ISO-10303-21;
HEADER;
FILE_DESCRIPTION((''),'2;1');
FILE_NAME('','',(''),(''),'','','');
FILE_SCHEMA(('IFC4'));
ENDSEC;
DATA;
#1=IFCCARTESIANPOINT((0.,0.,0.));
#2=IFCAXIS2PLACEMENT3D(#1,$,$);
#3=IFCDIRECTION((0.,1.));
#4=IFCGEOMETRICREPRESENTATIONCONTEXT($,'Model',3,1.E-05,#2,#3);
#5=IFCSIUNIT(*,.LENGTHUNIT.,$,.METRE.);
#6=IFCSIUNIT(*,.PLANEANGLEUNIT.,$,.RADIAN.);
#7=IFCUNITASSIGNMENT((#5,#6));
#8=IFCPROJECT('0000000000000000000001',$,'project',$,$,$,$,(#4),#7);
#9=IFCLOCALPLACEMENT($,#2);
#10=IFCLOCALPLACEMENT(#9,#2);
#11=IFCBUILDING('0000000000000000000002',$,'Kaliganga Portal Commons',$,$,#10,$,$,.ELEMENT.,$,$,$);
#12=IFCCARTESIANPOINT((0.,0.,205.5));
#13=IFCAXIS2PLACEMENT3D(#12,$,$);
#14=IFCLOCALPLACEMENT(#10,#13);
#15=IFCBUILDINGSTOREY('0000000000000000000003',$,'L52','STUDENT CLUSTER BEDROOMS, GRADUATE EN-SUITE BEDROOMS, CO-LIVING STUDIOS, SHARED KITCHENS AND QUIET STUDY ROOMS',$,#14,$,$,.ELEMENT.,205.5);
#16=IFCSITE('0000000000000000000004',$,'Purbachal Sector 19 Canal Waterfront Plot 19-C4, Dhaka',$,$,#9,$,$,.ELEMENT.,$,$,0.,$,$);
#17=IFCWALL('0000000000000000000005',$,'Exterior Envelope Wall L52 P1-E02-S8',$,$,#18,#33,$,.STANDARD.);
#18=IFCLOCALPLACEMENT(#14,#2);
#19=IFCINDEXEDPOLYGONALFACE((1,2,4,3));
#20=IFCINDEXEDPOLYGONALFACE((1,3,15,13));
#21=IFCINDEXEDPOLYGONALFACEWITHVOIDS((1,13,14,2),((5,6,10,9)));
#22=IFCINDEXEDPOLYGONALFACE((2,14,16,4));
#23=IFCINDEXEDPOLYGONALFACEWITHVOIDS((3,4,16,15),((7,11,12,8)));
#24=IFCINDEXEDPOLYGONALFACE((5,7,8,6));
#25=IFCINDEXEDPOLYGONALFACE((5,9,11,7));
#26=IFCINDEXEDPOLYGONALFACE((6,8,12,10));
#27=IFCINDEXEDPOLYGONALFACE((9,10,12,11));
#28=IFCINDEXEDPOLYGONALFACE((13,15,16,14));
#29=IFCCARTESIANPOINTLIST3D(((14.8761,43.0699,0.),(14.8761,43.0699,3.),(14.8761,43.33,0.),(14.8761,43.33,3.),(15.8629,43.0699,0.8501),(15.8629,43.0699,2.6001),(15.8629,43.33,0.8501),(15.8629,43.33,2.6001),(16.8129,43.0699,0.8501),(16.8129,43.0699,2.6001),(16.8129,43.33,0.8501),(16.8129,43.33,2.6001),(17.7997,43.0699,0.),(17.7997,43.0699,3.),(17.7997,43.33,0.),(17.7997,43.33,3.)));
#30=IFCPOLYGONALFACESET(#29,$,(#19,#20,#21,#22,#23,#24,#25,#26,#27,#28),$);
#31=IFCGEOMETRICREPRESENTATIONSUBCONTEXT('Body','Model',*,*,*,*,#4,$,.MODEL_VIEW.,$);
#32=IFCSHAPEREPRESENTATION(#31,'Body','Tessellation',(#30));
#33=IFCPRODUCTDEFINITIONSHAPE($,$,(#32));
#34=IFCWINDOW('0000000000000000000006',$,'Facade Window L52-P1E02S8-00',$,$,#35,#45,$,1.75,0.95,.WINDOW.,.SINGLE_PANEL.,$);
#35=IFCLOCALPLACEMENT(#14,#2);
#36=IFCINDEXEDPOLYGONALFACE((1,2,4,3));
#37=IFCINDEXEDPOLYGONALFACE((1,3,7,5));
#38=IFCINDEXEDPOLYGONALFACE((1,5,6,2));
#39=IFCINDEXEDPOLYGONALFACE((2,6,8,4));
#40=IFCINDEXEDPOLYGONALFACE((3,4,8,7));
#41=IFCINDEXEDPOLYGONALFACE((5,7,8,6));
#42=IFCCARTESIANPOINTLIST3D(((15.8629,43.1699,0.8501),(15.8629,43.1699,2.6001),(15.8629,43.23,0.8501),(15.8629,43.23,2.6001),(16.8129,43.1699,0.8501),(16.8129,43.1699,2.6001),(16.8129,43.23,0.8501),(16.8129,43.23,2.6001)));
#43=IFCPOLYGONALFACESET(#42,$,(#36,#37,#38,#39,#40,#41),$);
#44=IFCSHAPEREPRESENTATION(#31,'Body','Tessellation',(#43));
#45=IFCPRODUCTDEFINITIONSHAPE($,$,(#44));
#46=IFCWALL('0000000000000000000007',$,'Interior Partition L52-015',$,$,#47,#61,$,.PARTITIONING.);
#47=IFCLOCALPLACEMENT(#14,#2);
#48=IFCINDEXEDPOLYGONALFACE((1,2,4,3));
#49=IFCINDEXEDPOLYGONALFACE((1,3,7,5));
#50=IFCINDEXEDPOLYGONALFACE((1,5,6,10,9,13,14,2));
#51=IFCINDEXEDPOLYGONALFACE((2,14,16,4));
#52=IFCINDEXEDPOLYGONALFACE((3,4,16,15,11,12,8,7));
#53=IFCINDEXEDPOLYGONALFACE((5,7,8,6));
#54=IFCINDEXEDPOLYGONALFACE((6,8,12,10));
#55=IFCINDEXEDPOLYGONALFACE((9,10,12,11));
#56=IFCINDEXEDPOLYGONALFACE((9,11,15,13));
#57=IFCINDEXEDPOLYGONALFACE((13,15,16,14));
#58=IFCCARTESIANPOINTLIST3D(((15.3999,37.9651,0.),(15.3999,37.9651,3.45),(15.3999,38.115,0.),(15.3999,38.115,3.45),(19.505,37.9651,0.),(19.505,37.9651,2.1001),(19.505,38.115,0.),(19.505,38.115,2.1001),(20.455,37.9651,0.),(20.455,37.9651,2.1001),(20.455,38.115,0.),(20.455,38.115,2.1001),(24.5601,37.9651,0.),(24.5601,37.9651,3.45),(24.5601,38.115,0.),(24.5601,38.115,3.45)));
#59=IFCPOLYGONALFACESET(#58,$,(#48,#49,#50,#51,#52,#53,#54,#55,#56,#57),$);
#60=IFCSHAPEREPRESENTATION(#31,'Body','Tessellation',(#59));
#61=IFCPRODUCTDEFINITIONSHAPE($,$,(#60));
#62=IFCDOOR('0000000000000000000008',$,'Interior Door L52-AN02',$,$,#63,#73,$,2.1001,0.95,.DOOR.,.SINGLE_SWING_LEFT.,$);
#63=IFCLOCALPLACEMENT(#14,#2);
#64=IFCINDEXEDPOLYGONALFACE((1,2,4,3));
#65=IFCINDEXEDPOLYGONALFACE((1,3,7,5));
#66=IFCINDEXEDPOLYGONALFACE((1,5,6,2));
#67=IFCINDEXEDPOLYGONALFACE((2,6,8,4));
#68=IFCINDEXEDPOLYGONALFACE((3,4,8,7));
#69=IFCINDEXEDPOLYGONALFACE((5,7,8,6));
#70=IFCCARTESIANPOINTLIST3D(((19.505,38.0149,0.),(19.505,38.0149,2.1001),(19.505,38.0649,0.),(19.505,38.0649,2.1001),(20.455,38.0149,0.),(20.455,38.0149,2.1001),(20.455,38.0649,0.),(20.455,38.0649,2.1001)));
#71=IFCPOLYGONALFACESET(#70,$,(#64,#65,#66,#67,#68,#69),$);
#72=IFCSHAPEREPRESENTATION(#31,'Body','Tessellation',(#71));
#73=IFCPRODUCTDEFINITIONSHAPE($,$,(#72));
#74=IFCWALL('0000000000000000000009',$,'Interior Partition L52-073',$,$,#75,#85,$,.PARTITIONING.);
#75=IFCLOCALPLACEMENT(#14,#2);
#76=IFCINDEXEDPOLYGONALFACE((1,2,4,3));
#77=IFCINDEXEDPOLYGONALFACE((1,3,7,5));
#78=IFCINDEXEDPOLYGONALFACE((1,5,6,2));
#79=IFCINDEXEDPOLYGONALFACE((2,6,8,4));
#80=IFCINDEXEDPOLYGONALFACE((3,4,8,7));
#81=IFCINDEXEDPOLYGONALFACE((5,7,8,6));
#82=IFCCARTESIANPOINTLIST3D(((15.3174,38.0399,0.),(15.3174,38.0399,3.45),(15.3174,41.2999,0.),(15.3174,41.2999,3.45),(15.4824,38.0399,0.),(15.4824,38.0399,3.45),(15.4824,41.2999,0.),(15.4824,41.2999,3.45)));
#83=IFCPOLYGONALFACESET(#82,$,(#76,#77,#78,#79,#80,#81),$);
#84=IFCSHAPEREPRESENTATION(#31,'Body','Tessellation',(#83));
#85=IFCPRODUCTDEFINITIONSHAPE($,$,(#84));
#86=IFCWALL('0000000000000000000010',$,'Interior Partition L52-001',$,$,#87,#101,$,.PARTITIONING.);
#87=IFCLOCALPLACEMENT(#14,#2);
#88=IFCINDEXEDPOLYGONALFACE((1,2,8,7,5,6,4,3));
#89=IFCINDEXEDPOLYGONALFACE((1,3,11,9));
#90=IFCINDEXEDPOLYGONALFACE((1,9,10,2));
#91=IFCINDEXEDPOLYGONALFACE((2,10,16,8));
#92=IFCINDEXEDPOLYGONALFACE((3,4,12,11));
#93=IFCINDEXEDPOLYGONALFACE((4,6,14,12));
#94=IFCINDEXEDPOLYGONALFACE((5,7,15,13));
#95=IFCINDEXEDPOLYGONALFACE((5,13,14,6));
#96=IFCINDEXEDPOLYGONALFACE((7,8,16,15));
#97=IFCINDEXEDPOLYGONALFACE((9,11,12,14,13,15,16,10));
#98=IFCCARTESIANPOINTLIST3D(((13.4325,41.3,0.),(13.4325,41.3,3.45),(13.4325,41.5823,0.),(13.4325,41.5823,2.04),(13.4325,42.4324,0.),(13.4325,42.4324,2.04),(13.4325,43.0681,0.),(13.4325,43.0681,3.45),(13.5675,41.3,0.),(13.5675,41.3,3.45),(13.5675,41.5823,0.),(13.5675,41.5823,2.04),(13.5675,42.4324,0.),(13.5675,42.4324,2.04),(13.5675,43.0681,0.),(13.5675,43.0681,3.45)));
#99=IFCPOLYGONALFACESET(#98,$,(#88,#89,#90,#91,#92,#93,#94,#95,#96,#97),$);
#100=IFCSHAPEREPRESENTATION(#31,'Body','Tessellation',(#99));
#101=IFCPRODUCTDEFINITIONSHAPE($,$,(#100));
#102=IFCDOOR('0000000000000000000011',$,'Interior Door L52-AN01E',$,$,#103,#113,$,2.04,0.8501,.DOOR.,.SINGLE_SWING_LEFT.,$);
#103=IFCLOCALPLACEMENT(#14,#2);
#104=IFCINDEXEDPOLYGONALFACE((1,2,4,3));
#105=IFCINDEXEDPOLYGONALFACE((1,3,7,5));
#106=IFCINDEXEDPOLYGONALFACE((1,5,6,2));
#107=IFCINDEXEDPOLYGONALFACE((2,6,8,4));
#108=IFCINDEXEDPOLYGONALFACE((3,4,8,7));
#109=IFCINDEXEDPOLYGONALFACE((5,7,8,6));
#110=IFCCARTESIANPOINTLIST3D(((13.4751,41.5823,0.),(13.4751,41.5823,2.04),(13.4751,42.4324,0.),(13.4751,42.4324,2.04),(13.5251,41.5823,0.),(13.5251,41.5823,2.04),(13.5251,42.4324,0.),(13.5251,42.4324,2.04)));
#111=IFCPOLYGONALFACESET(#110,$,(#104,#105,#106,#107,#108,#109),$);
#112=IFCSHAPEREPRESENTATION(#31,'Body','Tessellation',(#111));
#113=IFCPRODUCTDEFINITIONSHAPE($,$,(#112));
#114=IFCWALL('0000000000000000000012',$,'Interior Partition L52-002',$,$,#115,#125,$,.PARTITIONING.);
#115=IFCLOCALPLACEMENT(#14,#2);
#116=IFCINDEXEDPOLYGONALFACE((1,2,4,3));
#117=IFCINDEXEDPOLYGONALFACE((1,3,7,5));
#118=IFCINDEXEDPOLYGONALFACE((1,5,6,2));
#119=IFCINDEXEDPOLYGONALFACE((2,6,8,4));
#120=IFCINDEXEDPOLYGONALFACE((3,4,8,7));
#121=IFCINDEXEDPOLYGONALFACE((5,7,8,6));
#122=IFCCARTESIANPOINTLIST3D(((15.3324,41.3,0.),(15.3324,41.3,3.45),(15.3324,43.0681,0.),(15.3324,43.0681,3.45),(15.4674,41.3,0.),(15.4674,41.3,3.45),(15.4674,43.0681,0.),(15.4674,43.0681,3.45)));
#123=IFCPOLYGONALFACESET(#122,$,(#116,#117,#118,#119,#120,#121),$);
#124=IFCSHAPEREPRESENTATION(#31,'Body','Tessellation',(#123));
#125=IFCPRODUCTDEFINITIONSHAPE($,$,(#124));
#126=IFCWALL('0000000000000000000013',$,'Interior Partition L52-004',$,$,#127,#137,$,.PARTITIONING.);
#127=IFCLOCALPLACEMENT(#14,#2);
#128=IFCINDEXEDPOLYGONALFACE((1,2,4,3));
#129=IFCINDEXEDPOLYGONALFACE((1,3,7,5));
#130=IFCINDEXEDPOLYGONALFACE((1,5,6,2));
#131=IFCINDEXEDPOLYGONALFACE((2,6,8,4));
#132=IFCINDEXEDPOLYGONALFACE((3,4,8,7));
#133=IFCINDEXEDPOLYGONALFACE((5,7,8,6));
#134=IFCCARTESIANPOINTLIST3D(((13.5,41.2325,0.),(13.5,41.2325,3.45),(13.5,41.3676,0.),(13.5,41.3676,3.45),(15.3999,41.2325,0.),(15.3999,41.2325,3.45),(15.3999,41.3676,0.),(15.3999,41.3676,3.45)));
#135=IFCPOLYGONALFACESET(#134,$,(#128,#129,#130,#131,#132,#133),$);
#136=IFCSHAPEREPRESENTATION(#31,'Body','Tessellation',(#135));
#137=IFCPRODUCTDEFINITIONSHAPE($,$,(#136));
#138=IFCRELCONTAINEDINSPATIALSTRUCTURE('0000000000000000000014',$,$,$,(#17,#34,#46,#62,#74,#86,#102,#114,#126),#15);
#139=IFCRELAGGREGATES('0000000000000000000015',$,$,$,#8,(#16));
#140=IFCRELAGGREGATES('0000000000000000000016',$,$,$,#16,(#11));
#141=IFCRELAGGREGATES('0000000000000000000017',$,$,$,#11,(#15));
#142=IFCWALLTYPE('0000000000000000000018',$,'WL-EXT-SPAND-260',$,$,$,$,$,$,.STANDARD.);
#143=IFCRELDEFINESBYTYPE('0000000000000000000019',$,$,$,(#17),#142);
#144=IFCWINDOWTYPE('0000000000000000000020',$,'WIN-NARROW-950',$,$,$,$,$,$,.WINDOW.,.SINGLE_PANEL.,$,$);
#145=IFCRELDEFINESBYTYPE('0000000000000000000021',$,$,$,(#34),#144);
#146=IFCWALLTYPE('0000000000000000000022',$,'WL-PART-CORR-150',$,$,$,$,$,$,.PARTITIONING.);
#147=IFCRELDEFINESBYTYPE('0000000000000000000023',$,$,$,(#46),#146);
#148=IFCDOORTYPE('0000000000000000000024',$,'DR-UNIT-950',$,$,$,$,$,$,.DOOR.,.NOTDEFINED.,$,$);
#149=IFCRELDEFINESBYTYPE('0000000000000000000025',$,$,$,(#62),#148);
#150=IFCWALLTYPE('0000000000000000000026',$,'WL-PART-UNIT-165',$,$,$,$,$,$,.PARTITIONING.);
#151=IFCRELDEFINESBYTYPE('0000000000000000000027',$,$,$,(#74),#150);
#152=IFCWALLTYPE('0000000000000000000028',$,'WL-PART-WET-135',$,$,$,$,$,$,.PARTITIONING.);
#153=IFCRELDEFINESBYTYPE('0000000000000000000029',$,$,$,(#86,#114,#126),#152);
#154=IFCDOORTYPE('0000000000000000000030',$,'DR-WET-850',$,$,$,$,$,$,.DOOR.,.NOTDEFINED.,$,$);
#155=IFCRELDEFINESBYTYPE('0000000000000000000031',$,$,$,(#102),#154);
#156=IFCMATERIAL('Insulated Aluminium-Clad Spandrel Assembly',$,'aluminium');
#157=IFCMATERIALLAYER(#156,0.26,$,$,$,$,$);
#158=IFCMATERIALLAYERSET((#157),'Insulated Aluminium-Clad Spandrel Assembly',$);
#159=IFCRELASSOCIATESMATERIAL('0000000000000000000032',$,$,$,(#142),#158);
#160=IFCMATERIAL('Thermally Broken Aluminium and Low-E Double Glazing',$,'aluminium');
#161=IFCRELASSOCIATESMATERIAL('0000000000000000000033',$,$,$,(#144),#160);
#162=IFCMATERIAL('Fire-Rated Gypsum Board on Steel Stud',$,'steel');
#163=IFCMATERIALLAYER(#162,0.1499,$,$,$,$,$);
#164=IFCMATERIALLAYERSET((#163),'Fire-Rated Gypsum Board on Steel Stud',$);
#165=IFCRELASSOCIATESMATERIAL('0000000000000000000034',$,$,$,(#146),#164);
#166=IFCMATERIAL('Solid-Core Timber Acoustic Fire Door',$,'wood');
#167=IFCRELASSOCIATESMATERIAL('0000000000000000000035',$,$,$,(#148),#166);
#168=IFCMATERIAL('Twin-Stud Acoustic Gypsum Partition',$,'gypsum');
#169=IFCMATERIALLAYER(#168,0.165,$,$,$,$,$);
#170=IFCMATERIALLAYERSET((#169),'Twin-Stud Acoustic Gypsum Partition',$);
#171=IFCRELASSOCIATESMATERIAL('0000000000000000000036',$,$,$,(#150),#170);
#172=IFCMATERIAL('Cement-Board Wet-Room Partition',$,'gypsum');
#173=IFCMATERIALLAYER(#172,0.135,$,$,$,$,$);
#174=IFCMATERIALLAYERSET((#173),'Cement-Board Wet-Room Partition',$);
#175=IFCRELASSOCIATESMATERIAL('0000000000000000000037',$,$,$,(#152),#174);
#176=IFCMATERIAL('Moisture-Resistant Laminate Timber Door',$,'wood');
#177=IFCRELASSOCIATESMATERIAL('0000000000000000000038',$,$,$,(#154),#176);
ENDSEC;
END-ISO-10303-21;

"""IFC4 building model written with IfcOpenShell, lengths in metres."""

from ifc_helpers import new_model, si_unit, direction, frame, frame_2d, origin, place, context, subcontext, project, spatial, rectangle, extrude, material, layer, layer_set, type_object, element, fill, save


model = new_model("IFC4")

# Units and contexts
model_context = context("Model", 3, precision=1e-05, world=origin(), true_north=direction((0.0, 1.0)))
body_context = subcontext(model_context, "Body", "Model", "MODEL_VIEW")
ifc_project = project(units=[si_unit("LENGTHUNIT", "METRE"), si_unit("PLANEANGLEUNIT", "RADIAN")], contexts=[model_context])

# Site, building, storey
site_placement = place(None, origin())
site = spatial("IfcSite", under=ifc_project, at=site_placement, Name="Purbachal Sector 19 Canal Waterfront Plot 19-C4, Dhaka", CompositionType="ELEMENT", RefElevation=0.0)
building_placement = place(site_placement, origin())
building = spatial("IfcBuilding", under=site, at=building_placement, Name="Kaliganga Portal Commons", CompositionType="ELEMENT")
storey_placement = place(building_placement, frame((0.0, 0.0, 205.5)))
storey = spatial("IfcBuildingStorey", under=building, at=storey_placement, Name="L52", Description="STUDENT CLUSTER BEDROOMS, GRADUATE EN-SUITE BEDROOMS, CO-LIVING STUDIOS, SHARED KITCHENS AND QUIET STUDY ROOMS", CompositionType="ELEMENT", Elevation=205.5)

# Wall, opening, window
ifc_material_1 = material(Name="Insulated Aluminium-Clad Spandrel Assembly", Category="aluminium")
ifc_layer_1 = layer(ifc_material_1, 0.26)
ifc_layer_set_1 = layer_set([ifc_layer_1], Name="Insulated Aluminium-Clad Spandrel Assembly")
wall_type_1 = type_object("IfcWallType", Name="WL-EXT-SPAND-260", PredefinedType="STANDARD", material=ifc_layer_set_1)
wall_1_placement = place(storey_placement, frame((14.876, 43.2, 0.0), z_axis=(0.0, 0.0, 1.0), x_axis=(1.0, 0.0, 0.0)))
wall_1 = element("IfcWall", 1, at=wall_1_placement, inside=storey, type_object=wall_type_1, Name="Exterior Envelope Wall L52 P1-E02-S8", PredefinedType="STANDARD", context=body_context, shape_type="SweptSolid", body=[
    extrude(rectangle(XDim=2.9236, YDim=0.26, at=frame_2d((1.4619, 0.0))), origin(), (0.0, 0.0, 1.0), 3.0),
])
opening_1_placement = place(wall_1_placement, frame((0.9868, 0.0, 0.8501)))
opening_1 = element("IfcOpeningElement", 2, at=opening_1_placement, cuts=wall_1, PredefinedType="OPENING", context=body_context, shape_type="SweptSolid", body=[
    extrude(rectangle(XDim=0.95, YDim=1.75, at=frame_2d((0.4751, 0.875))), frame((0.0, 0.1401, 0.0), z_axis=(0.0, -1.0, 0.0), x_axis=(1.0, 0.0, 0.0)), (0.0, 0.0, 1.0), 0.28),
])
ifc_material_2 = material(Name="Thermally Broken Aluminium and Low-E Double Glazing", Category="aluminium")
window_type = type_object("IfcWindowType", Name="WIN-NARROW-950", PartitioningType="SINGLE_PANEL", PredefinedType="WINDOW", material=ifc_material_2)
window_placement = place(opening_1_placement, origin())
window = element("IfcWindow", 3, at=window_placement, inside=storey, type_object=window_type, Name="Facade Window L52-P1E02S8-00", OverallHeight=1.75, OverallWidth=0.95, PartitioningType="SINGLE_PANEL", PredefinedType="WINDOW", context=body_context, shape_type="SweptSolid", body=[
    extrude(rectangle(XDim=0.95, YDim=1.75, at=frame_2d((0.4751, 0.875))), frame((0.0, 0.03, 0.0), z_axis=(0.0, -1.0, 0.0), x_axis=(1.0, 0.0, 0.0)), (0.0, 0.0, 1.0), 0.0601),
])
fill(opening_1, window)

# Wall, opening, door
ifc_material_3 = material(Name="Fire-Rated Gypsum Board on Steel Stud", Category="steel")
ifc_layer_2 = layer(ifc_material_3, 0.1499)
ifc_layer_set_2 = layer_set([ifc_layer_2], Name="Fire-Rated Gypsum Board on Steel Stud")
wall_type_2 = type_object("IfcWallType", Name="WL-PART-CORR-150", PredefinedType="PARTITIONING", material=ifc_layer_set_2)
wall_2_placement = place(storey_placement, frame((15.3999, 38.04, 0.0), z_axis=(0.0, 0.0, 1.0), x_axis=(1.0, 0.0, 0.0)))
wall_2 = element("IfcWall", 4, at=wall_2_placement, inside=storey, type_object=wall_type_2, Name="Interior Partition L52-015", PredefinedType="PARTITIONING", context=body_context, shape_type="SweptSolid", body=[
    extrude(rectangle(XDim=9.1602, YDim=0.1499, at=frame_2d((4.5801, 0.0))), origin(), (0.0, 0.0, 1.0), 3.45),
])
opening_2_placement = place(wall_2_placement, frame((4.105, 0.0, 0.0)))
opening_2 = element("IfcOpeningElement", 5, at=opening_2_placement, cuts=wall_2, PredefinedType="OPENING", context=body_context, shape_type="SweptSolid", body=[
    extrude(rectangle(XDim=0.95, YDim=2.1001, at=frame_2d((0.4751, 1.05))), frame((0.0, 0.085, 0.0), z_axis=(0.0, -1.0, 0.0), x_axis=(1.0, 0.0, 0.0)), (0.0, 0.0, 1.0), 0.1699),
])
ifc_material_4 = material(Name="Solid-Core Timber Acoustic Fire Door", Category="wood")
door_type_1 = type_object("IfcDoorType", Name="DR-UNIT-950", OperationType="NOTDEFINED", PredefinedType="DOOR", material=ifc_material_4)
door_1_placement = place(opening_2_placement, origin())
door_1 = element("IfcDoor", 6, at=door_1_placement, inside=storey, type_object=door_type_1, Name="Interior Door L52-AN02", OperationType="SINGLE_SWING_LEFT", OverallHeight=2.1001, OverallWidth=0.95, PredefinedType="DOOR", context=body_context, shape_type="SweptSolid", body=[
    extrude(rectangle(XDim=0.95, YDim=2.1001, at=frame_2d((0.4751, 1.05))), frame((0.0, 0.0249, 0.0), z_axis=(0.0, -1.0, 0.0), x_axis=(1.0, 0.0, 0.0)), (0.0, 0.0, 1.0), 0.05),
])
fill(opening_2, door_1)

# Wall
ifc_material_5 = material(Name="Twin-Stud Acoustic Gypsum Partition", Category="gypsum")
ifc_layer_3 = layer(ifc_material_5, 0.165)
ifc_layer_set_3 = layer_set([ifc_layer_3], Name="Twin-Stud Acoustic Gypsum Partition")
wall_type_3 = type_object("IfcWallType", Name="WL-PART-UNIT-165", PredefinedType="PARTITIONING", material=ifc_layer_set_3)
wall_3_placement = place(storey_placement, frame((15.3999, 38.04, 0.0), z_axis=(0.0, 0.0, 1.0), x_axis=(0.0, 1.0, 0.0)))
element("IfcWall", 7, at=wall_3_placement, inside=storey, type_object=wall_type_3, Name="Interior Partition L52-073", PredefinedType="PARTITIONING", context=body_context, shape_type="SweptSolid", body=[
    extrude(rectangle(XDim=3.26, YDim=0.165, at=frame_2d((1.6299, 0.0))), origin(), (0.0, 0.0, 1.0), 3.45),
])

# Wall, opening, door
ifc_material_6 = material(Name="Cement-Board Wet-Room Partition", Category="gypsum")
ifc_layer_4 = layer(ifc_material_6, 0.135)
ifc_layer_set_4 = layer_set([ifc_layer_4], Name="Cement-Board Wet-Room Partition")
wall_type_4 = type_object("IfcWallType", Name="WL-PART-WET-135", PredefinedType="PARTITIONING", material=ifc_layer_set_4)
wall_4_placement = place(storey_placement, frame((13.5, 41.3, 0.0), z_axis=(0.0, 0.0, 1.0), x_axis=(0.0, 1.0, 0.0)))
wall_4 = element("IfcWall", 8, at=wall_4_placement, inside=storey, type_object=wall_type_4, Name="Interior Partition L52-001", PredefinedType="PARTITIONING", context=body_context, shape_type="SweptSolid", body=[
    extrude(rectangle(XDim=1.7681, YDim=0.135, at=frame_2d((0.884, 0.0))), origin(), (0.0, 0.0, 1.0), 3.45),
])
opening_3_placement = place(wall_4_placement, frame((0.2822, 0.0, 0.0)))
opening_3 = element("IfcOpeningElement", 9, at=opening_3_placement, cuts=wall_4, PredefinedType="OPENING", context=body_context, shape_type="SweptSolid", body=[
    extrude(rectangle(XDim=0.8501, YDim=2.04, at=frame_2d((0.425, 1.02))), frame((0.0, 0.0776, 0.0), z_axis=(0.0, -1.0, 0.0), x_axis=(1.0, 0.0, 0.0)), (0.0, 0.0, 1.0), 0.155),
])
ifc_material_7 = material(Name="Moisture-Resistant Laminate Timber Door", Category="wood")
door_type_2 = type_object("IfcDoorType", Name="DR-WET-850", OperationType="NOTDEFINED", PredefinedType="DOOR", material=ifc_material_7)
door_2_placement = place(opening_3_placement, origin())
door_2 = element("IfcDoor", 10, at=door_2_placement, inside=storey, type_object=door_type_2, Name="Interior Door L52-AN01E", OperationType="SINGLE_SWING_LEFT", OverallHeight=2.04, OverallWidth=0.8501, PredefinedType="DOOR", context=body_context, shape_type="SweptSolid", body=[
    extrude(rectangle(XDim=0.8501, YDim=2.04, at=frame_2d((0.425, 1.02))), frame((0.0, 0.0249, 0.0), z_axis=(0.0, -1.0, 0.0), x_axis=(1.0, 0.0, 0.0)), (0.0, 0.0, 1.0), 0.05),
])
fill(opening_3, door_2)

# Walls
wall_5_placement = place(storey_placement, frame((15.3999, 41.3, 0.0), z_axis=(0.0, 0.0, 1.0), x_axis=(0.0, 1.0, 0.0)))
element("IfcWall", 11, at=wall_5_placement, inside=storey, type_object=wall_type_4, Name="Interior Partition L52-002", PredefinedType="PARTITIONING", context=body_context, shape_type="SweptSolid", body=[
    extrude(rectangle(XDim=1.7681, YDim=0.135, at=frame_2d((0.884, 0.0))), origin(), (0.0, 0.0, 1.0), 3.45),
])
wall_6_placement = place(storey_placement, frame((13.5, 41.3, 0.0), z_axis=(0.0, 0.0, 1.0), x_axis=(1.0, 0.0, 0.0)))
element("IfcWall", 12, at=wall_6_placement, inside=storey, type_object=wall_type_4, Name="Interior Partition L52-004", PredefinedType="PARTITIONING", context=body_context, shape_type="SweptSolid", body=[
    extrude(rectangle(XDim=1.8999, YDim=0.135, at=frame_2d((0.95, 0.0))), origin(), (0.0, 0.0, 1.0), 3.45),
])

save(model, "model.ifc")
